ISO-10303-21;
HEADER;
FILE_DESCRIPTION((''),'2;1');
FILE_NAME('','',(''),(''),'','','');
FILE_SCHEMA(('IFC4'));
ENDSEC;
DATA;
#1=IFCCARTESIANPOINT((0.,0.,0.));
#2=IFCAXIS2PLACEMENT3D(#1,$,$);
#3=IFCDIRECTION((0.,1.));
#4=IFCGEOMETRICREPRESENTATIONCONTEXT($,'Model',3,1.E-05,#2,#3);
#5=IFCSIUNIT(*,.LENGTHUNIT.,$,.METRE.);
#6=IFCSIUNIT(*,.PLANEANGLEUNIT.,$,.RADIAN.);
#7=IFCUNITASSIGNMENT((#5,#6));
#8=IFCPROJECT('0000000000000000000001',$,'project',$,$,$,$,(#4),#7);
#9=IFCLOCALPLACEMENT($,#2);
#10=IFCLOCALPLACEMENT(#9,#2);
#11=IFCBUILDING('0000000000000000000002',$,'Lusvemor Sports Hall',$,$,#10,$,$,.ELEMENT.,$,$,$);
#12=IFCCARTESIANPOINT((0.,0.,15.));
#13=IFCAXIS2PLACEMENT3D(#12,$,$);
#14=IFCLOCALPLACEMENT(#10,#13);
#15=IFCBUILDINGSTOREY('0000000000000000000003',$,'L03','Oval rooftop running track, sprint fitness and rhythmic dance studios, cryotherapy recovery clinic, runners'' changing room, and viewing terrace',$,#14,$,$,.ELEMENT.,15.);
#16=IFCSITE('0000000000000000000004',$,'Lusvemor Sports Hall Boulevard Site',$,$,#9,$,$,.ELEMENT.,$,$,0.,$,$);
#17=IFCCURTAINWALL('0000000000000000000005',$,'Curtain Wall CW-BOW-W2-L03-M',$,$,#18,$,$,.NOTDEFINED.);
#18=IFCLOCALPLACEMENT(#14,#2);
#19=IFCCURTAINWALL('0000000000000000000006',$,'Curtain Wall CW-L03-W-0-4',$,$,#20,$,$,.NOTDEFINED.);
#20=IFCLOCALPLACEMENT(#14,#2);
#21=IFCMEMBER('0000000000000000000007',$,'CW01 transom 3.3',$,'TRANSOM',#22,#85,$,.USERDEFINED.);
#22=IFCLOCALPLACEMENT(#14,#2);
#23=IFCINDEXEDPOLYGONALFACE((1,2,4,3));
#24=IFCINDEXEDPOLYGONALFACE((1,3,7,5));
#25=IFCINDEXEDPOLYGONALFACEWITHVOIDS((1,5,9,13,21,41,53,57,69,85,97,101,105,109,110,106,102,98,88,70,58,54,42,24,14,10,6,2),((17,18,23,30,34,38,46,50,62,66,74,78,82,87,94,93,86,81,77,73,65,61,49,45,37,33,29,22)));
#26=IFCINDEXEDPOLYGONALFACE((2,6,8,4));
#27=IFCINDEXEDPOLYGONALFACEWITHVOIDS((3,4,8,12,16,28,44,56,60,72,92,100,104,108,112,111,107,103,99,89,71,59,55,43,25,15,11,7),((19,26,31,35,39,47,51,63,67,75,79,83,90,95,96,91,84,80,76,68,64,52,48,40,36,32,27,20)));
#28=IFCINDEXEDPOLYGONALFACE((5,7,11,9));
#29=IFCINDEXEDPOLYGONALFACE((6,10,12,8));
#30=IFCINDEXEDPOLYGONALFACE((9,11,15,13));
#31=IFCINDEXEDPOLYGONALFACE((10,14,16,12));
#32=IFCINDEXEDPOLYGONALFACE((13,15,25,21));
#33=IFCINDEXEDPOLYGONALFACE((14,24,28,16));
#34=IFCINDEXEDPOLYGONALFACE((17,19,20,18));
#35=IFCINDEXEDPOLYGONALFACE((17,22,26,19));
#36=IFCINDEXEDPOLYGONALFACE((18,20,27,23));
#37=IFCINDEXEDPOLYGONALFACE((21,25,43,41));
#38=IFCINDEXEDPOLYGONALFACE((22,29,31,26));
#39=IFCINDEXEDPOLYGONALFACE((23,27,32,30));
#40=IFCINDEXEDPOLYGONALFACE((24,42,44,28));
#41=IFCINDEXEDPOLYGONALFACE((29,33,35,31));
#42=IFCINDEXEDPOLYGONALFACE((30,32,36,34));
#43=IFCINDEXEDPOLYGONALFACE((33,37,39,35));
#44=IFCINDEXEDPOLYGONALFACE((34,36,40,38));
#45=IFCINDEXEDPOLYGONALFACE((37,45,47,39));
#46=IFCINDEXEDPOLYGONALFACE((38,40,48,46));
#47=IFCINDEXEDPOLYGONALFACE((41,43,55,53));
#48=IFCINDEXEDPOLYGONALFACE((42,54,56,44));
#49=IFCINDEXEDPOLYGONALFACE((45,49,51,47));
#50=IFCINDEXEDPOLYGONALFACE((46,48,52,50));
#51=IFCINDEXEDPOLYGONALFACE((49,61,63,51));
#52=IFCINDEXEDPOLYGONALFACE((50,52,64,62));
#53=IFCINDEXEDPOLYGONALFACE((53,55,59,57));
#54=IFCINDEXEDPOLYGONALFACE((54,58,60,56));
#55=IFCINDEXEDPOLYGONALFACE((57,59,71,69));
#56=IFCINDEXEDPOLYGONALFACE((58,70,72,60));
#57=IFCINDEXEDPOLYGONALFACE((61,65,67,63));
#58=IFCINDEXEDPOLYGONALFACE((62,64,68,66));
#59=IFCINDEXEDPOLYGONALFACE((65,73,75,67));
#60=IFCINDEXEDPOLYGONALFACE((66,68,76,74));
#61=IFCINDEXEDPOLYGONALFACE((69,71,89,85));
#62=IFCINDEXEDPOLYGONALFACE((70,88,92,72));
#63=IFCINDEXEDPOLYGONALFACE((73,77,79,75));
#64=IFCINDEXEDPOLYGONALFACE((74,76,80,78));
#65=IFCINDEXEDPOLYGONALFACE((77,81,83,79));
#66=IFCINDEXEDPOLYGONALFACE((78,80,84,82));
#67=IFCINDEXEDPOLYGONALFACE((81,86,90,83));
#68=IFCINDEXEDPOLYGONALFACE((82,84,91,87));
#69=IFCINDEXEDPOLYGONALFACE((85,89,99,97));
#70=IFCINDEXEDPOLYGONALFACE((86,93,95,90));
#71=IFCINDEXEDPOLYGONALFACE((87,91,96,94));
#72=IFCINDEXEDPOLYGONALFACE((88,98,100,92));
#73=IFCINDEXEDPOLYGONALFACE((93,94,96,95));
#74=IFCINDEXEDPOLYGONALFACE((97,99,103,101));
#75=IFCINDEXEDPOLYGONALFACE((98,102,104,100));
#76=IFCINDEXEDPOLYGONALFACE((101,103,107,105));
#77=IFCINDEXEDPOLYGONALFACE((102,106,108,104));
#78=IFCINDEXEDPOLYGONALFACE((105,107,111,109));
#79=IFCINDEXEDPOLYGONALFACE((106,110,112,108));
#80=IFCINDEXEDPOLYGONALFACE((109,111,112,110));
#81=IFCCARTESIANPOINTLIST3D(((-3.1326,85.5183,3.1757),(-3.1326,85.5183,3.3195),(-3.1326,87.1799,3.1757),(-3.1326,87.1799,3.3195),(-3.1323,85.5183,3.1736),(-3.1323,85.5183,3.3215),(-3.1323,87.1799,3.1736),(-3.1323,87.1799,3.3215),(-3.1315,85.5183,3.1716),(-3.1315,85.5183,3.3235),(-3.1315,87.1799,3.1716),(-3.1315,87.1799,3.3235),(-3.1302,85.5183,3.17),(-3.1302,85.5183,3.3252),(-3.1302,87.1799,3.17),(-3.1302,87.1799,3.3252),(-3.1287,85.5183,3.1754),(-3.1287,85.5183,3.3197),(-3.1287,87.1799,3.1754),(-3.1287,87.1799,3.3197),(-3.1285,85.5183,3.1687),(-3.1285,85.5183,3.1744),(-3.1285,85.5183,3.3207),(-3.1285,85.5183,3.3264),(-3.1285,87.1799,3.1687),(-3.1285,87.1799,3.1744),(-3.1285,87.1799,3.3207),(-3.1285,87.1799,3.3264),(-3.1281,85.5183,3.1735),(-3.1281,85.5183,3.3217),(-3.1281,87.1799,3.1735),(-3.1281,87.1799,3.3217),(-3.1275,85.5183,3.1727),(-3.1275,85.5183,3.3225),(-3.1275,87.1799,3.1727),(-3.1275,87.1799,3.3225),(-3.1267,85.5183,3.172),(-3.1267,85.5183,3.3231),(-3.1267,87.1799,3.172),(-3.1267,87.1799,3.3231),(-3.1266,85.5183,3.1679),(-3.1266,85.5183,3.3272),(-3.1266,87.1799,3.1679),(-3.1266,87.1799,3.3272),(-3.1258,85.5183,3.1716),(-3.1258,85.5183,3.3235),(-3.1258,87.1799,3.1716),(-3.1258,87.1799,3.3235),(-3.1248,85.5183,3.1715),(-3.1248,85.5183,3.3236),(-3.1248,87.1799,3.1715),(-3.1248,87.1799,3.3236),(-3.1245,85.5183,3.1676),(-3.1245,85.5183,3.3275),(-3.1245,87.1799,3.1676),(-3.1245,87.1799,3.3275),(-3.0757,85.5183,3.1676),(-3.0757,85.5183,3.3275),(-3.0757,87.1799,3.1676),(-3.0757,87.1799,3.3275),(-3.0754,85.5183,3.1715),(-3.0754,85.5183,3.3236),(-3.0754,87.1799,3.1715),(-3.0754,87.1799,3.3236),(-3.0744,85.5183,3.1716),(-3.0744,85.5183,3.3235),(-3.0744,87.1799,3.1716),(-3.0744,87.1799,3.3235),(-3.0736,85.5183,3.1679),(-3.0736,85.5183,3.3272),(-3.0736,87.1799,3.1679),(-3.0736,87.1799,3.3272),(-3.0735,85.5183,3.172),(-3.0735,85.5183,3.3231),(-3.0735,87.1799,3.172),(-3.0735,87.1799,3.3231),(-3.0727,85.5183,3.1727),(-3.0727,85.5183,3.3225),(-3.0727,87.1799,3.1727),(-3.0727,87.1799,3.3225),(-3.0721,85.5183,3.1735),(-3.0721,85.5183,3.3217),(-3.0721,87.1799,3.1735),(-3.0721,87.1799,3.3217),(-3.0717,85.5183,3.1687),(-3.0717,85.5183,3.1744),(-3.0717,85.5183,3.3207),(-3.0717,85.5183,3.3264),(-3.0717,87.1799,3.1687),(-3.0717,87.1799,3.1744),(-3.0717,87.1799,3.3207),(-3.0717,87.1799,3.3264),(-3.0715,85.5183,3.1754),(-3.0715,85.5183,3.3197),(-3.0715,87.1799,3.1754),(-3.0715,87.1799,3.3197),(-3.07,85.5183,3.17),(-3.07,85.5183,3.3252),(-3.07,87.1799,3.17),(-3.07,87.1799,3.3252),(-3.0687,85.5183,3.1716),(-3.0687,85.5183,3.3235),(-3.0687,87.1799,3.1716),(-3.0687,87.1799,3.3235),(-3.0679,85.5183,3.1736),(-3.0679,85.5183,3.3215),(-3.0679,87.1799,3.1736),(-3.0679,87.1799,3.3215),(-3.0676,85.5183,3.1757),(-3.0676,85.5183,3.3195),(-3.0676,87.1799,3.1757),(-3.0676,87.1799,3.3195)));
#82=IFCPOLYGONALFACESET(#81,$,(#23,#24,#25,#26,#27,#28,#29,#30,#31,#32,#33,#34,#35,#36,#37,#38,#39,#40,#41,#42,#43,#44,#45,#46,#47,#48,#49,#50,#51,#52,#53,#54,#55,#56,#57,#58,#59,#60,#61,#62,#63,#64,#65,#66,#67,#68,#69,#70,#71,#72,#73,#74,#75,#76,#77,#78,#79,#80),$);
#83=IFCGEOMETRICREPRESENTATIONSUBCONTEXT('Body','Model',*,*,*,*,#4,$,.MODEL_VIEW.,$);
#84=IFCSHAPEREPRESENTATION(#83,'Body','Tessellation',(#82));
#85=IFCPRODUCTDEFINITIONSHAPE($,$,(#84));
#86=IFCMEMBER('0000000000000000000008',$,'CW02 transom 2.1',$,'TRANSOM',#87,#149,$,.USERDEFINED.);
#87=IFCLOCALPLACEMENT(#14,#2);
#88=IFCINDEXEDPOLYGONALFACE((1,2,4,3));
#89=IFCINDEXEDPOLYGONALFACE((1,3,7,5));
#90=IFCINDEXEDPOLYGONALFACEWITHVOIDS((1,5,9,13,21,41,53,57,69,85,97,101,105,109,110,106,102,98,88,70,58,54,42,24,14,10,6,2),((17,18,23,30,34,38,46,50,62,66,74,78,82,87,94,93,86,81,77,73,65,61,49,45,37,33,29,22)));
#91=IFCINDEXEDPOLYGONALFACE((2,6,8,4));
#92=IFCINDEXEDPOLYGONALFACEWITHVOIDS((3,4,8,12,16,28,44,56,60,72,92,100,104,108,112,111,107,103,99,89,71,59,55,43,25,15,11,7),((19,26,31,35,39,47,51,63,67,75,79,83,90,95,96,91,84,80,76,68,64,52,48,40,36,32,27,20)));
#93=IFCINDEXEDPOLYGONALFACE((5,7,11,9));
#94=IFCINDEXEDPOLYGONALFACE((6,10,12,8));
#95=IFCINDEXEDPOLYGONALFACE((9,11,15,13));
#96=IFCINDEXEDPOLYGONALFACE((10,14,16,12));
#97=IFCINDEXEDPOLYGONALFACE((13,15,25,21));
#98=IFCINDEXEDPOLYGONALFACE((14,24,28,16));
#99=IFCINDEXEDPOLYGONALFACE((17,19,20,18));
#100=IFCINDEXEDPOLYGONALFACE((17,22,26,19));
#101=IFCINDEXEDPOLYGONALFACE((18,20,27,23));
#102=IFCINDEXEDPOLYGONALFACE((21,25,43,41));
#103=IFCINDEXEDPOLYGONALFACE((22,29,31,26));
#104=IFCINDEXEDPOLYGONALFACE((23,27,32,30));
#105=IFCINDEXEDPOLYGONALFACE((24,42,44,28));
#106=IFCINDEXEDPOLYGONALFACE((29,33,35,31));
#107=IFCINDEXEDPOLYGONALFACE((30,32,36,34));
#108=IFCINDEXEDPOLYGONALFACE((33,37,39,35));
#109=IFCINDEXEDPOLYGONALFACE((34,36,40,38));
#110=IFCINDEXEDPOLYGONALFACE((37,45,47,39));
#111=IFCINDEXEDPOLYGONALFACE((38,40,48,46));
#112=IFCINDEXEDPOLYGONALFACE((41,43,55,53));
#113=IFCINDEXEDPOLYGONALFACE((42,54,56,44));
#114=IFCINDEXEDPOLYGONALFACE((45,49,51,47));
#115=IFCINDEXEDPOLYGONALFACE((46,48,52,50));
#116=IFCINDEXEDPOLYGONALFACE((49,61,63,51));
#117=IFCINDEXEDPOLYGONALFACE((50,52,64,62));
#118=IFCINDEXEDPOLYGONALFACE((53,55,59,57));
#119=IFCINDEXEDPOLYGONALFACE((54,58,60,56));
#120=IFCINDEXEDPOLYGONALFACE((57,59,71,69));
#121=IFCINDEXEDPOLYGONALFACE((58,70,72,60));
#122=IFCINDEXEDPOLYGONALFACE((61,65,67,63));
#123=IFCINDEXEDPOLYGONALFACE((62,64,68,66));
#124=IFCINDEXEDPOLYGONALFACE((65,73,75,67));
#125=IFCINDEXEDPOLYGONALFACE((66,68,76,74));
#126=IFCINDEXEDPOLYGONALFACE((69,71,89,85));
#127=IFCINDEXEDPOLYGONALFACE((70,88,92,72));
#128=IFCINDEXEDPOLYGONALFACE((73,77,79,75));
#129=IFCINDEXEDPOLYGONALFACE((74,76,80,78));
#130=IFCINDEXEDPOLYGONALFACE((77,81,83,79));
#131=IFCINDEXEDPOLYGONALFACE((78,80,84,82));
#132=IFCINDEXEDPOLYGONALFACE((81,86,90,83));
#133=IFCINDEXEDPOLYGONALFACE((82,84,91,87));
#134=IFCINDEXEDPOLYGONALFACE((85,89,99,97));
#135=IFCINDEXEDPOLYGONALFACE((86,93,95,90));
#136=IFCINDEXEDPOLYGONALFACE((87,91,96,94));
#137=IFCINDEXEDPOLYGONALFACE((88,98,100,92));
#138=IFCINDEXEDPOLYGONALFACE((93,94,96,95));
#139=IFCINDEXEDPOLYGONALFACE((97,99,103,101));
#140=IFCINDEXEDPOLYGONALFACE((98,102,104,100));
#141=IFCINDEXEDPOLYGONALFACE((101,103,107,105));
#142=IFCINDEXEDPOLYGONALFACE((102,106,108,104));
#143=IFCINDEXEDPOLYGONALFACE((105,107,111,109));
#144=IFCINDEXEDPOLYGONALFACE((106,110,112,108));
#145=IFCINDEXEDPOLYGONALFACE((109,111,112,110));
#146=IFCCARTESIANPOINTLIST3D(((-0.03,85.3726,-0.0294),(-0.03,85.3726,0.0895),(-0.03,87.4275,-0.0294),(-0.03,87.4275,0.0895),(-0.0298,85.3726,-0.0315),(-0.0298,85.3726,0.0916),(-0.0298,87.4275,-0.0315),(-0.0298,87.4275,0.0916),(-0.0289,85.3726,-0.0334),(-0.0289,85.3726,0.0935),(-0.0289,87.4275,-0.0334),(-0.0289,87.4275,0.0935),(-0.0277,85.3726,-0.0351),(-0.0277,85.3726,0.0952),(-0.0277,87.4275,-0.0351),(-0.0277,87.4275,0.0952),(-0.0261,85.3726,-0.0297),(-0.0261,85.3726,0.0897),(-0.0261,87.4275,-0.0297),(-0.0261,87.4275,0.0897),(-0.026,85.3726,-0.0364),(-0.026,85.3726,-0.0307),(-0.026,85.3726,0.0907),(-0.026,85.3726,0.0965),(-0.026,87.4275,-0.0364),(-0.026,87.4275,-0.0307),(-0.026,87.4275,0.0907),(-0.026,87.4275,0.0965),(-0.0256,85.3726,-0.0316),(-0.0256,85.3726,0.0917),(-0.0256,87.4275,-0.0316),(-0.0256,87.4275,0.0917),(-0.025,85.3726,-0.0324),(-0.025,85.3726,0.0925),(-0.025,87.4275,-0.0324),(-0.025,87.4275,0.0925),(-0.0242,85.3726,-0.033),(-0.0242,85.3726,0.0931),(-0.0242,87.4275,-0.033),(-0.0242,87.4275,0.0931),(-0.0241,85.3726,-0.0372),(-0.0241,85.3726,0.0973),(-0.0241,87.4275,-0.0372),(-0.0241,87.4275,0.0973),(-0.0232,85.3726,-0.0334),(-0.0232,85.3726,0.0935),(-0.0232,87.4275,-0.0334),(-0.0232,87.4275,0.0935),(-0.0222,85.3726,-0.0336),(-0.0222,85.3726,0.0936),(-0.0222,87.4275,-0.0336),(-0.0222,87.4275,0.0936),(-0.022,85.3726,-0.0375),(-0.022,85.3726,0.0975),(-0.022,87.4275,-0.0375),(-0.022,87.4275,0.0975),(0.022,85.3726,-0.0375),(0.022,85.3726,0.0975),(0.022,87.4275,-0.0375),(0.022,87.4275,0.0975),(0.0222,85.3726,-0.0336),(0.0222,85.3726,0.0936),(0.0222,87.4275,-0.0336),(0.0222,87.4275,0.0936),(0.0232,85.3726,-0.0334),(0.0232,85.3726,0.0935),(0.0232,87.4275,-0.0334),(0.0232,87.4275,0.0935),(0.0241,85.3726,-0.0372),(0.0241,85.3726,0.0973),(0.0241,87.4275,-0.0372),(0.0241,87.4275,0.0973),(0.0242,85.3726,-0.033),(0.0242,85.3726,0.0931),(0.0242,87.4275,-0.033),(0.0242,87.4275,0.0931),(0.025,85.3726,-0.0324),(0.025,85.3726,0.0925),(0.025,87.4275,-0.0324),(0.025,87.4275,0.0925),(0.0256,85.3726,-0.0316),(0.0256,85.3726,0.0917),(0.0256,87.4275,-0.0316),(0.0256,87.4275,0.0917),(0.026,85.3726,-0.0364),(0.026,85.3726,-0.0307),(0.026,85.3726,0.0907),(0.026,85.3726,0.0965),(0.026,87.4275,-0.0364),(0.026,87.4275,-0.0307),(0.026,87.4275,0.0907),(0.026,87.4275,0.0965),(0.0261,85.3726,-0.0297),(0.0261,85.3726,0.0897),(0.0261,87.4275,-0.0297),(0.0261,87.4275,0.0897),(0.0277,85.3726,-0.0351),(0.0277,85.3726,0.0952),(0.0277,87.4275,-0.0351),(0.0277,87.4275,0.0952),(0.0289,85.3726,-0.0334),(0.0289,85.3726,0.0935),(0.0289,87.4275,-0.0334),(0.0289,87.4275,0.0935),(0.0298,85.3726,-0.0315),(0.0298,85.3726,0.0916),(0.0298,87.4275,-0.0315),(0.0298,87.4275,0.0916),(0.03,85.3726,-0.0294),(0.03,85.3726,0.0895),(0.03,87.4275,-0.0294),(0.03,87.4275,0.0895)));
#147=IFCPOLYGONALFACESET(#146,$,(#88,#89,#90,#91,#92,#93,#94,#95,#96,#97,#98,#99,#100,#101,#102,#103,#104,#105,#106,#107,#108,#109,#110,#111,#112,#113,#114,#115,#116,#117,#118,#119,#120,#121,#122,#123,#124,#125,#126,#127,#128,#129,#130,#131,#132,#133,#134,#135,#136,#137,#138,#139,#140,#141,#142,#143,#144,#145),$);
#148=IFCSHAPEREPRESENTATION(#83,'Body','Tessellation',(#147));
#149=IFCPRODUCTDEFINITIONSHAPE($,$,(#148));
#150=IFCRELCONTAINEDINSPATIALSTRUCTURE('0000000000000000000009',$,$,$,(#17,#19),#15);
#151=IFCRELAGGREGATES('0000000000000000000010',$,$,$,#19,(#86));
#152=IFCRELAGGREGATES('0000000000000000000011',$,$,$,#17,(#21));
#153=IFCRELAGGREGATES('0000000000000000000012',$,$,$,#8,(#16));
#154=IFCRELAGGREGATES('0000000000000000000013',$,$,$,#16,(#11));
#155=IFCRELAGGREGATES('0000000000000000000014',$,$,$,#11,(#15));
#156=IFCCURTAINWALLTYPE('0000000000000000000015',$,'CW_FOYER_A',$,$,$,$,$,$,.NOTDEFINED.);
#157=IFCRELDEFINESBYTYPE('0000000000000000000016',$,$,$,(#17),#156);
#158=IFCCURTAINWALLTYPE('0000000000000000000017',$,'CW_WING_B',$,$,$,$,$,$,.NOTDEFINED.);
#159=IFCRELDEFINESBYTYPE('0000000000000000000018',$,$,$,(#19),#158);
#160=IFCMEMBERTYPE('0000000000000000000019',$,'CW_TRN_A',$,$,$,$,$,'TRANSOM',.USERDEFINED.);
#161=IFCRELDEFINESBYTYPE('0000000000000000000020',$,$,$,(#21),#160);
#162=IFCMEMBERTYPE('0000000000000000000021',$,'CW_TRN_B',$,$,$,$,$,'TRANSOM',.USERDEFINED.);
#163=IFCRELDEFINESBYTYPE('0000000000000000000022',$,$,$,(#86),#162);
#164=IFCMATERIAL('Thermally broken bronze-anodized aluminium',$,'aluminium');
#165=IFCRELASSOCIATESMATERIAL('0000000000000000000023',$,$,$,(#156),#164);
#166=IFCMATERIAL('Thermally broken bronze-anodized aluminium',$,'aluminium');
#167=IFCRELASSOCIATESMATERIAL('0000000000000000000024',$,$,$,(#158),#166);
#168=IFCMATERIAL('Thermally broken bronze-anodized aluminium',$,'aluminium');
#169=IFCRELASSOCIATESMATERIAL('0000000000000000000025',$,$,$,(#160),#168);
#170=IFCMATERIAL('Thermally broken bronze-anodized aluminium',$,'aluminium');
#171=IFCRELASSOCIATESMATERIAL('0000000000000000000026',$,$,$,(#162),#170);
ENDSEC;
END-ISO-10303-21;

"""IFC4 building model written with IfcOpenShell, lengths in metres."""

from ifc_helpers import new_model, si_unit, direction, frame, origin, origin_2d, place, context, subcontext, project, spatial, hollow_rectangle, extrude, material, material_profile, profile_set, type_object, element, aggregate, save


model = new_model("IFC4")

# Units and contexts
model_context = context("Model", 3, precision=1e-05, world=origin(), true_north=direction((0.0, 1.0)))
body_context = subcontext(model_context, "Body", "Model", "MODEL_VIEW")
ifc_project = project(units=[si_unit("LENGTHUNIT", "METRE"), si_unit("PLANEANGLEUNIT", "RADIAN")], contexts=[model_context])

# Site, building, storey
site_placement = place(None, origin())
site = spatial("IfcSite", under=ifc_project, at=site_placement, Name="Lusvemor Sports Hall Boulevard Site", CompositionType="ELEMENT", RefElevation=0.0)
building_placement = place(site_placement, origin())
building = spatial("IfcBuilding", under=site, at=building_placement, Name="Lusvemor Sports Hall", CompositionType="ELEMENT")
storey_placement = place(building_placement, frame((0.0, 0.0, 15.0)))
storey = spatial("IfcBuildingStorey", under=building, at=storey_placement, Name="L03", Description="Oval rooftop running track, sprint fitness and rhythmic dance studios, cryotherapy recovery clinic, runners' changing room, and viewing terrace", CompositionType="ELEMENT", Elevation=15.0)

# Curtain walls
ifc_material_1 = material(Name="Thermally broken bronze-anodized aluminium", Category="aluminium")
curtain_wall_type_1 = type_object("IfcCurtainWallType", Name="CW_FOYER_A", PredefinedType="NOTDEFINED", material=ifc_material_1)
curtain_wall_1_placement = place(storey_placement, origin())
curtain_wall_1 = element("IfcCurtainWall", 1, at=curtain_wall_1_placement, inside=storey, type_object=curtain_wall_type_1, Name="Curtain Wall CW-BOW-W2-L03-M", PredefinedType="NOTDEFINED")
ifc_material_2 = material(Name="Thermally broken bronze-anodized aluminium", Category="aluminium")
curtain_wall_type_2 = type_object("IfcCurtainWallType", Name="CW_WING_B", PredefinedType="NOTDEFINED", material=ifc_material_2)
curtain_wall_2_placement = place(storey_placement, origin())
curtain_wall_2 = element("IfcCurtainWall", 2, at=curtain_wall_2_placement, inside=storey, type_object=curtain_wall_type_2, Name="Curtain Wall CW-L03-W-0-4", PredefinedType="NOTDEFINED")

# Members
ifc_material_3 = material(Name="Thermally broken bronze-anodized aluminium", Category="aluminium")
ifc_material_profile_1 = material_profile(ifc_material_3, hollow_rectangle(XDim=0.0649, YDim=0.1599, WallThickness=0.0039, InnerFilletRadius=0.0039, OuterFilletRadius=0.0081, at=origin_2d()), Name="CWTRN160x65x4")
ifc_profile_set_1 = profile_set([ifc_material_profile_1], Name="Thermally broken bronze-anodized aluminium")
member_type_1 = type_object("IfcMemberType", Name="CW_TRN_A", ElementType="TRANSOM", PredefinedType="USERDEFINED", material=ifc_profile_set_1)
member_1_placement = place(storey_placement, frame((-3.1001, 85.5183, 3.2476), z_axis=(0.0, 1.0, 0.0), x_axis=(-1.0, 0.0, 0.0)))
member_1 = element("IfcMember", 3, at=member_1_placement, type_object=member_type_1, Name="CW01 transom 3.3", ObjectType="TRANSOM", PredefinedType="USERDEFINED", context=body_context, shape_type="SweptSolid", body=[
    extrude(hollow_rectangle(XDim=0.0649, YDim=0.1599, WallThickness=0.0039, InnerFilletRadius=0.0039, OuterFilletRadius=0.0081, at=origin_2d()), origin(), (0.0, 0.0, 1.0), 1.6616),
])
ifc_material_4 = material(Name="Thermally broken bronze-anodized aluminium", Category="aluminium")
ifc_material_profile_2 = material_profile(ifc_material_4, hollow_rectangle(XDim=0.0601, YDim=0.135, WallThickness=0.0039, InnerFilletRadius=0.0039, OuterFilletRadius=0.0081, at=origin_2d()), Name="CWTRN135x60x4")
ifc_profile_set_2 = profile_set([ifc_material_profile_2], Name="Thermally broken bronze-anodized aluminium")
member_type_2 = type_object("IfcMemberType", Name="CW_TRN_B", ElementType="TRANSOM", PredefinedType="USERDEFINED", material=ifc_profile_set_2)
member_2_placement = place(storey_placement, frame((0.0, 85.3726, 0.03), z_axis=(0.0, 1.0, 0.0), x_axis=(-1.0, 0.0, 0.0)))
member_2 = element("IfcMember", 4, at=member_2_placement, type_object=member_type_2, Name="CW02 transom 2.1", ObjectType="TRANSOM", PredefinedType="USERDEFINED", context=body_context, shape_type="SweptSolid", body=[
    extrude(hollow_rectangle(XDim=0.0601, YDim=0.135, WallThickness=0.0039, InnerFilletRadius=0.0039, OuterFilletRadius=0.0081, at=origin_2d()), origin(), (0.0, 0.0, 1.0), 2.0549),
])

aggregate(curtain_wall_2, [member_2])
aggregate(curtain_wall_1, [member_1])

save(model, "model.ifc")
